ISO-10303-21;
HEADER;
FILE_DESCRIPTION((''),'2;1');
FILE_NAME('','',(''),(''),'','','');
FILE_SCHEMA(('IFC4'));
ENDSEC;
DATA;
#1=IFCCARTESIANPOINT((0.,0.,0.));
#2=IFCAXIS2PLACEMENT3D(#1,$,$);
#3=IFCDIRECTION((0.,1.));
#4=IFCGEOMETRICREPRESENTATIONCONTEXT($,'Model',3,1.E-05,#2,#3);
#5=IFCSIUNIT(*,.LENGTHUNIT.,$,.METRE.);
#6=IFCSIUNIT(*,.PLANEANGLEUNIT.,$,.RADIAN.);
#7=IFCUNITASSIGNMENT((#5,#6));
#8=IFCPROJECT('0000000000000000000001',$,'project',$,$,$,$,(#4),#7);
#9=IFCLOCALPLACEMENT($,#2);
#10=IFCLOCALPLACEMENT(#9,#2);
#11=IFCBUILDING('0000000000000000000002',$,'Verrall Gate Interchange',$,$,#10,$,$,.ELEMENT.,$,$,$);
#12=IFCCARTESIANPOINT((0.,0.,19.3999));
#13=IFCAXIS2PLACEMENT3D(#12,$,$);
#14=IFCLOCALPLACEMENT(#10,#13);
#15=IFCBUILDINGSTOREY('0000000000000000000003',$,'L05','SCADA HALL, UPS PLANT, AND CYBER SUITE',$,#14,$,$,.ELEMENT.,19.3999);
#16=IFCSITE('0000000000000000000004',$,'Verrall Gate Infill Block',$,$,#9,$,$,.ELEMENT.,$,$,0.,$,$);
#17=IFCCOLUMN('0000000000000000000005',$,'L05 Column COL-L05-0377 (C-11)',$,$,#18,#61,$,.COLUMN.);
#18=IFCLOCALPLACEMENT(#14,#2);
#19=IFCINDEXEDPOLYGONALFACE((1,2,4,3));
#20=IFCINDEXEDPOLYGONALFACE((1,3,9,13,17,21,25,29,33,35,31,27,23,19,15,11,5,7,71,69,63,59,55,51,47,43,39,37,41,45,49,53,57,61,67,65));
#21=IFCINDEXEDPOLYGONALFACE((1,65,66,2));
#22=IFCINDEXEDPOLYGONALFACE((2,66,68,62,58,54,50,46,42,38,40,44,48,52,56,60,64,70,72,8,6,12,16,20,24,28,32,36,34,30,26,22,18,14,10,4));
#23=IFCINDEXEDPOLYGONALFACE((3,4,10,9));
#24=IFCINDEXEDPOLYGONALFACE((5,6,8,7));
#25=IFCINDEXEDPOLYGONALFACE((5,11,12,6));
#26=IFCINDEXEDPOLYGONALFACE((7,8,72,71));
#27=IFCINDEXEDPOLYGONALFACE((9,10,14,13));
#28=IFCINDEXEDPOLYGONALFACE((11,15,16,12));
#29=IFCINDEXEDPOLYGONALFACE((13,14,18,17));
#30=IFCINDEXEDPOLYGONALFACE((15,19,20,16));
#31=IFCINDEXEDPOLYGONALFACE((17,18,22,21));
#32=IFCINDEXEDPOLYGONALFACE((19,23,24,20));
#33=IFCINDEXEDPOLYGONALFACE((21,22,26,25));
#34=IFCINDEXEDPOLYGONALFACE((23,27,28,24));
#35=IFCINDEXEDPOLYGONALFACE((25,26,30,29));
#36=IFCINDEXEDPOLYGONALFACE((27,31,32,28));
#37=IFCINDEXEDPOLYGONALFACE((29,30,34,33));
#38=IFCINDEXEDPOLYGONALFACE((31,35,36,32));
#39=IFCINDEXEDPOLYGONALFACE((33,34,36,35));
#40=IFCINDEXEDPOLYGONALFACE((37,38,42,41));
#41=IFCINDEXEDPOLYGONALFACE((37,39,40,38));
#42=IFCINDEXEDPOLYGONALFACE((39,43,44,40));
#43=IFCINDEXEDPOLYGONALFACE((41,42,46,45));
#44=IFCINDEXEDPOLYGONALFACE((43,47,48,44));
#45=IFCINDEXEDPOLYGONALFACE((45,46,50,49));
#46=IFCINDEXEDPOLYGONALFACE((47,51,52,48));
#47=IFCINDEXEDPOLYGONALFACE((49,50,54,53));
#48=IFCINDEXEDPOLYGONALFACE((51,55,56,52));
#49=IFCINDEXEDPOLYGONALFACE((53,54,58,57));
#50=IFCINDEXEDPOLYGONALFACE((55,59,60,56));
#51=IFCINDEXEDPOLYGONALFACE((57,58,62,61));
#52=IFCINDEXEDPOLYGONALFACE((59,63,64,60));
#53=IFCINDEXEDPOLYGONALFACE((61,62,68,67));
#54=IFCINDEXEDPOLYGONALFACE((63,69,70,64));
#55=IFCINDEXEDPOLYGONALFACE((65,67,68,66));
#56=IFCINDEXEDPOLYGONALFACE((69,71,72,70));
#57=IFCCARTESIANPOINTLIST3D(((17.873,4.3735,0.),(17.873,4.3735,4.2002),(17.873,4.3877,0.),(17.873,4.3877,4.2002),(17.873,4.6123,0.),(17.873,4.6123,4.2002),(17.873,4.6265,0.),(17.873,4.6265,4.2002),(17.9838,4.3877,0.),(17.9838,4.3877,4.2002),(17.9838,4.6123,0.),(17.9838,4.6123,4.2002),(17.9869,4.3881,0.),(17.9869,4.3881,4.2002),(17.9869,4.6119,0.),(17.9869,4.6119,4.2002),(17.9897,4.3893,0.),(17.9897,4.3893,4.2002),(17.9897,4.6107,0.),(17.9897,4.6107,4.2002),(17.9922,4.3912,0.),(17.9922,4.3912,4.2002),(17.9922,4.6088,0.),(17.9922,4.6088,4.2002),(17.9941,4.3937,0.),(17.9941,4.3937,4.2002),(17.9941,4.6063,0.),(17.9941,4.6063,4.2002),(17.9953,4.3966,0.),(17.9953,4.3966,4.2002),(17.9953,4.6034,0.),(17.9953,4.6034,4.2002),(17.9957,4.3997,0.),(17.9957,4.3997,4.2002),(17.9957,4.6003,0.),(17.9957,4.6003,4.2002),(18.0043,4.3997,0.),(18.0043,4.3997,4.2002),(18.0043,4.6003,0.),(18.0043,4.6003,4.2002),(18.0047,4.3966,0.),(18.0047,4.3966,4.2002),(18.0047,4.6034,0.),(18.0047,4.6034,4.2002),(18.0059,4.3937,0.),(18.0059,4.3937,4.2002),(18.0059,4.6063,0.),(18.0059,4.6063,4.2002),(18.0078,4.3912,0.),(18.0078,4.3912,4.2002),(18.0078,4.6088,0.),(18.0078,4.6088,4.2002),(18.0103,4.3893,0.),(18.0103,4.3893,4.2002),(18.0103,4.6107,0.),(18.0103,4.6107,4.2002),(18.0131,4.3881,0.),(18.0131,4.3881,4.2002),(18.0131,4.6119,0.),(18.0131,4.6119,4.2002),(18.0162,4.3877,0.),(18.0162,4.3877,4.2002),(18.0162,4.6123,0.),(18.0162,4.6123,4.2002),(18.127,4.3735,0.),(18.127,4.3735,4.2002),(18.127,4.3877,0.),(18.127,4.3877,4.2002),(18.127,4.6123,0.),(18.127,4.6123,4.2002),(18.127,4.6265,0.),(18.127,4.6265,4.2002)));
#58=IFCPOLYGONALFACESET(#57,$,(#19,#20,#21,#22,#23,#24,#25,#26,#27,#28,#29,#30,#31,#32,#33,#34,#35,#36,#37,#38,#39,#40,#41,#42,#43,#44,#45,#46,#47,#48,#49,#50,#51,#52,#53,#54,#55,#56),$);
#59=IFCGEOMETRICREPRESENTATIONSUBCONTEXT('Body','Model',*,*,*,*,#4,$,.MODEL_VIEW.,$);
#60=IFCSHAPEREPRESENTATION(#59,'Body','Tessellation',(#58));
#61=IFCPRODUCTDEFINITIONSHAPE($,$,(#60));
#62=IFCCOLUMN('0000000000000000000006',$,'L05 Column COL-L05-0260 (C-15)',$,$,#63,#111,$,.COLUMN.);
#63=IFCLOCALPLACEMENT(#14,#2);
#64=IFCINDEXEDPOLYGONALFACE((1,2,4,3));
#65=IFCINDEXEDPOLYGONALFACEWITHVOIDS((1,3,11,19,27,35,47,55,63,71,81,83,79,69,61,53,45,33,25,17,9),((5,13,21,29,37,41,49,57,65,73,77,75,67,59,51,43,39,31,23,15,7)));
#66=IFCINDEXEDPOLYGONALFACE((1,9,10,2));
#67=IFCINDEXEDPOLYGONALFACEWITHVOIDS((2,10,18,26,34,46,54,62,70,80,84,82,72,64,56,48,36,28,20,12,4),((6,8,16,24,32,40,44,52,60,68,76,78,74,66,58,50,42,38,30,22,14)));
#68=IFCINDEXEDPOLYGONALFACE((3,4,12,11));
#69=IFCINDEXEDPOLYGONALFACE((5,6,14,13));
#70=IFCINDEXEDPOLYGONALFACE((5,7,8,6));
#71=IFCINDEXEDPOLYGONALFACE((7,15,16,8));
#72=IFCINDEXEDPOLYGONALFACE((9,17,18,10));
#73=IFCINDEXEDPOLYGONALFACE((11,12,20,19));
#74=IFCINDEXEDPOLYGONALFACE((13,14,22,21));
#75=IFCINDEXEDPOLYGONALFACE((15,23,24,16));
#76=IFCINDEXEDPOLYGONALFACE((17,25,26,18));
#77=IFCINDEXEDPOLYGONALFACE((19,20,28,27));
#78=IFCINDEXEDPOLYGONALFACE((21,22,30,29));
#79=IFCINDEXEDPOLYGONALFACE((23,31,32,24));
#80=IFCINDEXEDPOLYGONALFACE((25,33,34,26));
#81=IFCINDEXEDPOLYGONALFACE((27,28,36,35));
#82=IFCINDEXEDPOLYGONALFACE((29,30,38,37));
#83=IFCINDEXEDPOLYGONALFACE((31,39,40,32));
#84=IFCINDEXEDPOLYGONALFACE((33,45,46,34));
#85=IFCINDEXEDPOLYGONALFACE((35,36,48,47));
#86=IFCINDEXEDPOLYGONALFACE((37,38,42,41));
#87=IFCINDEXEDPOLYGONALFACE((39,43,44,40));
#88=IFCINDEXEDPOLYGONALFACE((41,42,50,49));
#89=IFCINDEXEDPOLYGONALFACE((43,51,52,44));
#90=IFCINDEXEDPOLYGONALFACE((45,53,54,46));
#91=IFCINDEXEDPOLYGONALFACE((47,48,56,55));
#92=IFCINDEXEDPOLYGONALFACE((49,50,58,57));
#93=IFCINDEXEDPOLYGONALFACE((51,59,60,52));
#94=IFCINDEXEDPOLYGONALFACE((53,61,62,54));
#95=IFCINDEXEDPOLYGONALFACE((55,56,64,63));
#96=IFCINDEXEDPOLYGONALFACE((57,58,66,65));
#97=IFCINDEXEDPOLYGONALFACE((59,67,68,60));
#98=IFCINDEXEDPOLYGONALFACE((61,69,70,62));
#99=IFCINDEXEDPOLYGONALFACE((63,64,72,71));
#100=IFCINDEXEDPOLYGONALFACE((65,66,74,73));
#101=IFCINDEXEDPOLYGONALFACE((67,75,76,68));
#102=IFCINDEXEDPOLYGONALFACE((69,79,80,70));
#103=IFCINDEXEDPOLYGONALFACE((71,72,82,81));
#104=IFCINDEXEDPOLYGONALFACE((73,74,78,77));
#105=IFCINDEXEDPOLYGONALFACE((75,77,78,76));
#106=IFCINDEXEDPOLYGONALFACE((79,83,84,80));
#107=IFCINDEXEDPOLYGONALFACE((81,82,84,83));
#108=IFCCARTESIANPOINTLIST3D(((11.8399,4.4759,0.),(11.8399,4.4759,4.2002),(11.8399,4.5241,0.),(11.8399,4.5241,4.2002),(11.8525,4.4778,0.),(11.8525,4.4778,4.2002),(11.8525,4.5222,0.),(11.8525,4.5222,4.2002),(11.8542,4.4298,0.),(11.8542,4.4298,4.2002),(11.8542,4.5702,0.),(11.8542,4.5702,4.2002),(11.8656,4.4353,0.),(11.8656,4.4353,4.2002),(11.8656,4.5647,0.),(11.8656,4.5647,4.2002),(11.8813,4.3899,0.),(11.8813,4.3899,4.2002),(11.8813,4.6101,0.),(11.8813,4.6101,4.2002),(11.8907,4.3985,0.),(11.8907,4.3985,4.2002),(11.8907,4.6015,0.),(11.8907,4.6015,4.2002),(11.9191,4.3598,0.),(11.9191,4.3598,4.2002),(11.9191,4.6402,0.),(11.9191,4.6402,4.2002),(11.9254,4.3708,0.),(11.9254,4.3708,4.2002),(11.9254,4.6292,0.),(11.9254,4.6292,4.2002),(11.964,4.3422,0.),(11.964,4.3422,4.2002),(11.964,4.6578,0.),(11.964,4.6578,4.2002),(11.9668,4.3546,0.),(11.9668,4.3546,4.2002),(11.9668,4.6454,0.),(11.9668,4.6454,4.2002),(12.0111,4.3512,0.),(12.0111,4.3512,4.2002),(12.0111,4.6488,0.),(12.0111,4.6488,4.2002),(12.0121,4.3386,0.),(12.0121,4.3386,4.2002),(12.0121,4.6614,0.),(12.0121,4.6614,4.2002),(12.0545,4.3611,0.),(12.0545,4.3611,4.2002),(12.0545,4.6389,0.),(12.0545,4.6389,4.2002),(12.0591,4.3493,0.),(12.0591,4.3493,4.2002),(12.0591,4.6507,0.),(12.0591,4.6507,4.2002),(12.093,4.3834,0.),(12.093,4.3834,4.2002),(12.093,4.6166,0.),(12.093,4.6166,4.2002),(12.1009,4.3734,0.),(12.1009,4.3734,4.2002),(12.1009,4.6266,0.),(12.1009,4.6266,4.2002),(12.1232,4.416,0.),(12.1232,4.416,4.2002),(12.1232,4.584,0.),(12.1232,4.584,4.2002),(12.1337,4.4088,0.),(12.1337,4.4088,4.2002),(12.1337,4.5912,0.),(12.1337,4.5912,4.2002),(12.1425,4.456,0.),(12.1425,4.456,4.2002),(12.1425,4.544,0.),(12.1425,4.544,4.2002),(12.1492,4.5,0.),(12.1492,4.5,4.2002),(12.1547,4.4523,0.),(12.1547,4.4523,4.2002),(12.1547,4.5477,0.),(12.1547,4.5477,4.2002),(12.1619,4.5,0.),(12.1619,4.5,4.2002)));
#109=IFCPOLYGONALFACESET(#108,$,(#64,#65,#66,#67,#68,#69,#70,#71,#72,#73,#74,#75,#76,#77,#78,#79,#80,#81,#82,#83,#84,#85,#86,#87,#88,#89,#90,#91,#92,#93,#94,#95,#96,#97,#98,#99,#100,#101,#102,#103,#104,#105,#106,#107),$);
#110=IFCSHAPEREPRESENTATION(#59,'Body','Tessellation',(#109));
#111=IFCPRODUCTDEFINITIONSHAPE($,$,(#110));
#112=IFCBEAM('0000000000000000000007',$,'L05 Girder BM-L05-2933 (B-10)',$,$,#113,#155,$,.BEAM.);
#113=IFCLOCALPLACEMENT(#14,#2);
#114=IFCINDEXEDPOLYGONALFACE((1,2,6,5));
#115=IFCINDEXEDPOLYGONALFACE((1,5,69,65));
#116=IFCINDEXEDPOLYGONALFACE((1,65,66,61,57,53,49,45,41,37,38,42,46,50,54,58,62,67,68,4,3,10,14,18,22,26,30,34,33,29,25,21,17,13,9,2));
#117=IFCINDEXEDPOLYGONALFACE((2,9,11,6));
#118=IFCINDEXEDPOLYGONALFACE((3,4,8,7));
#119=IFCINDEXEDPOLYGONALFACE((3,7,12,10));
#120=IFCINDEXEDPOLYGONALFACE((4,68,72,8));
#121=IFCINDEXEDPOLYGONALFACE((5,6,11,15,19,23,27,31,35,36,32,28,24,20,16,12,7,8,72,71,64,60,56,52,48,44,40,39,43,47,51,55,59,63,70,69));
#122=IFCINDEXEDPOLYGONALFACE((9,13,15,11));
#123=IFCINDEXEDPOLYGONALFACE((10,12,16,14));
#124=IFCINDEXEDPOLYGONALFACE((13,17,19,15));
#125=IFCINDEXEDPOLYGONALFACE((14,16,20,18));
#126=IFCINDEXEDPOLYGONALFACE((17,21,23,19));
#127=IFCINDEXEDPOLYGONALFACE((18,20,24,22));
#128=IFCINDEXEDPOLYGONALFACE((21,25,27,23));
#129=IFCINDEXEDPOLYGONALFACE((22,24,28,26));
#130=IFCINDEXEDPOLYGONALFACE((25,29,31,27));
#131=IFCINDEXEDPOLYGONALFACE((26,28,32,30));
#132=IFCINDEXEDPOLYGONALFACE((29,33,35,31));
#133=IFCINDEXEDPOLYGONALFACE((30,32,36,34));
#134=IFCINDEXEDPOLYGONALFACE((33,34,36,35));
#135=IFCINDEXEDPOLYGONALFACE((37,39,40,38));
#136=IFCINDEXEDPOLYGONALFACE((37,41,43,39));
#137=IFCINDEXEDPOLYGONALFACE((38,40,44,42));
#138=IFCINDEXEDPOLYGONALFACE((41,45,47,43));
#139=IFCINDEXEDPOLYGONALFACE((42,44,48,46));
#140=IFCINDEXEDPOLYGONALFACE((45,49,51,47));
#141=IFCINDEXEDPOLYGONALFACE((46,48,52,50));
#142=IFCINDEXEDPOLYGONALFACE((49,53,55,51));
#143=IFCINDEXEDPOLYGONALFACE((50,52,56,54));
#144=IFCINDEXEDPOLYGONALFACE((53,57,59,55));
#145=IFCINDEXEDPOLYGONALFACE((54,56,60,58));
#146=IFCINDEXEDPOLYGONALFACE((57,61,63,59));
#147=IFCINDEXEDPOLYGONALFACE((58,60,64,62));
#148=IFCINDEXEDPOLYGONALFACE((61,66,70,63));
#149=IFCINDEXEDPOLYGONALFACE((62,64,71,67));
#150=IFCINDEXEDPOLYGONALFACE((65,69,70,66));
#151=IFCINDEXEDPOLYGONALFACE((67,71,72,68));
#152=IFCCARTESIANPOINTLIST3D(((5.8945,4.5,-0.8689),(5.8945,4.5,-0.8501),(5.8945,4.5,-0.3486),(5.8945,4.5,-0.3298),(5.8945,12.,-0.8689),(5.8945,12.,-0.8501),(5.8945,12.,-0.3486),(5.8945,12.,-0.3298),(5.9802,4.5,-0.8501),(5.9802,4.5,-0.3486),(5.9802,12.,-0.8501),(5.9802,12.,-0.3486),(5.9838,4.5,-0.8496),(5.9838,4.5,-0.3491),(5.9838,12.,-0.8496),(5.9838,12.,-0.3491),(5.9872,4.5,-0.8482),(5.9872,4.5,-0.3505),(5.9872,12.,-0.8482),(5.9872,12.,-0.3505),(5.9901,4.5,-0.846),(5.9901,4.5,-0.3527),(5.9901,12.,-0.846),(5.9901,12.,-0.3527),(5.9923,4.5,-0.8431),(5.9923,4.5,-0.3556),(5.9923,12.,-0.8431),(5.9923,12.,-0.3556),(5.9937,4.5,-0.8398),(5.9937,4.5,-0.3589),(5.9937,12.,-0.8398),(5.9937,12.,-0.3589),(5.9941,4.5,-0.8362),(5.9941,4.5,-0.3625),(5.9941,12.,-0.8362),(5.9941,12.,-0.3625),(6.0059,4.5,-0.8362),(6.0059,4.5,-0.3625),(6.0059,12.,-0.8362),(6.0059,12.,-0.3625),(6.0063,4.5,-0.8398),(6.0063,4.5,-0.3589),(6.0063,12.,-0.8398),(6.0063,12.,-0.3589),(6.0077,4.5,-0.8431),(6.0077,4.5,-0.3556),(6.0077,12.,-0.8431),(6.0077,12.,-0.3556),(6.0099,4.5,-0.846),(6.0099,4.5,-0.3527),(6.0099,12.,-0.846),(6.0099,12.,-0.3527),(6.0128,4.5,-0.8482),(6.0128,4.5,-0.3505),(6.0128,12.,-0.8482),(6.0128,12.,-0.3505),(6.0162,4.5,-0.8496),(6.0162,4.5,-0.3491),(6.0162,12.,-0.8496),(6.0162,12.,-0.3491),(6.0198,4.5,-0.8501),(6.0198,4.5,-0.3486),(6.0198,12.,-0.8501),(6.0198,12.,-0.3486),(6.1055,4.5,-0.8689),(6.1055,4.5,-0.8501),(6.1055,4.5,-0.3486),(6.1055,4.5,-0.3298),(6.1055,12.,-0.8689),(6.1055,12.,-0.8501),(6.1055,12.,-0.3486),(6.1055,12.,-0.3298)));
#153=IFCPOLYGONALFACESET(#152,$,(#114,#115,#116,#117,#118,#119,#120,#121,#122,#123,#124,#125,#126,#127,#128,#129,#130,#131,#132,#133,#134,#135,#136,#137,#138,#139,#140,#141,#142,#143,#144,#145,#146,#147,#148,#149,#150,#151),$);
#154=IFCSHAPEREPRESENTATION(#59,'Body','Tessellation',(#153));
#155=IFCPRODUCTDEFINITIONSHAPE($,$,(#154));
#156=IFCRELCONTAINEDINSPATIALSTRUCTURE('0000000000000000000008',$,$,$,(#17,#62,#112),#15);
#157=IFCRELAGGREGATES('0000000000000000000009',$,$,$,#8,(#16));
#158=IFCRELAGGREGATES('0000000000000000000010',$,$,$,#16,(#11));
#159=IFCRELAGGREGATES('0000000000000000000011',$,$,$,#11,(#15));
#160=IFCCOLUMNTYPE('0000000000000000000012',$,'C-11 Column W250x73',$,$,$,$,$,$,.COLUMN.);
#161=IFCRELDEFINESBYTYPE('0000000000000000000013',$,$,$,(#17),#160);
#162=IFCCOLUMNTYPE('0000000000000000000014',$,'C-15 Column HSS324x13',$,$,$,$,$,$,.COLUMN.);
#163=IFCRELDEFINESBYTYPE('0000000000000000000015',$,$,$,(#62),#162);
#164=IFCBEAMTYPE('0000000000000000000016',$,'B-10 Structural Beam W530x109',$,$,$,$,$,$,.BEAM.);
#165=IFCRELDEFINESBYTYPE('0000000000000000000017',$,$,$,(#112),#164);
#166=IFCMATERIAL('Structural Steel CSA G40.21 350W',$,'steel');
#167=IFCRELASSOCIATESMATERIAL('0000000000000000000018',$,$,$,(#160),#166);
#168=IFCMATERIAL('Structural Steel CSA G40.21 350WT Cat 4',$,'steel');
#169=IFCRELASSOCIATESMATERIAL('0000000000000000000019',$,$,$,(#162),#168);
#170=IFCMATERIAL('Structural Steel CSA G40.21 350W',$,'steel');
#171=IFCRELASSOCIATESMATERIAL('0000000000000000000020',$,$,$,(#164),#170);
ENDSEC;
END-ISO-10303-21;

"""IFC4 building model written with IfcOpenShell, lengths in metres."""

from ifc_helpers import new_model, si_unit, direction, frame, origin, origin_2d, place, context, subcontext, project, spatial, hollow_circle, i_section, extrude, material, material_profile, profile_set, type_object, element, save


model = new_model("IFC4")

# Units and contexts
model_context = context("Model", 3, precision=1e-05, world=origin(), true_north=direction((0.0, 1.0)))
body_context = subcontext(model_context, "Body", "Model", "MODEL_VIEW")
ifc_project = project(units=[si_unit("LENGTHUNIT", "METRE"), si_unit("PLANEANGLEUNIT", "RADIAN")], contexts=[model_context])

# Site, building, storey
site_placement = place(None, origin())
site = spatial("IfcSite", under=ifc_project, at=site_placement, Name="Verrall Gate Infill Block", CompositionType="ELEMENT", RefElevation=0.0)
building_placement = place(site_placement, origin())
building = spatial("IfcBuilding", under=site, at=building_placement, Name="Verrall Gate Interchange", CompositionType="ELEMENT")
storey_placement = place(building_placement, frame((0.0, 0.0, 19.3999)))
storey = spatial("IfcBuildingStorey", under=building, at=storey_placement, Name="L05", Description="SCADA HALL, UPS PLANT, AND CYBER SUITE", CompositionType="ELEMENT", Elevation=19.3999)

# Columns
ifc_material_1 = material(Name="Structural Steel CSA G40.21 350W", Category="steel")
ifc_material_profile_1 = material_profile(ifc_material_1, i_section(OverallWidth=0.2539, OverallDepth=0.2529, WebThickness=0.0085, FlangeThickness=0.0142, FilletRadius=0.012, at=origin_2d()), Name="W250x73")
ifc_profile_set_1 = profile_set([ifc_material_profile_1], Name="Structural Steel CSA G40.21 350W")
column_type_1 = type_object("IfcColumnType", Name="C-11 Column W250x73", PredefinedType="COLUMN", material=ifc_profile_set_1)
column_1_placement = place(storey_placement, frame((18.0, 4.5, 0.0), z_axis=(0.0, 0.0, 1.0), x_axis=(1.0, 0.0, 0.0)))
element("IfcColumn", 1, at=column_1_placement, inside=storey, type_object=column_type_1, Name="L05 Column COL-L05-0377 (C-11)", PredefinedType="COLUMN", context=body_context, shape_type="SweptSolid", body=[
    extrude(i_section(OverallWidth=0.2539, OverallDepth=0.2529, WebThickness=0.0085, FlangeThickness=0.0142, FilletRadius=0.012, at=origin_2d()), origin(), (0.0, 0.0, 1.0), 4.2002),
])
ifc_material_2 = material(Name="Structural Steel CSA G40.21 350WT Cat 4", Category="steel")
ifc_material_profile_2 = material_profile(ifc_material_2, hollow_circle(Radius=0.1619, WallThickness=0.0127, at=origin_2d()), Name="HSS324x13")
ifc_profile_set_2 = profile_set([ifc_material_profile_2], Name="Structural Steel CSA G40.21 350WT Cat 4")
column_type_2 = type_object("IfcColumnType", Name="C-15 Column HSS324x13", PredefinedType="COLUMN", material=ifc_profile_set_2)
column_2_placement = place(storey_placement, frame((12.0, 4.5, 0.0), z_axis=(0.0, 0.0, 1.0), x_axis=(1.0, 0.0, 0.0)))
element("IfcColumn", 2, at=column_2_placement, inside=storey, type_object=column_type_2, Name="L05 Column COL-L05-0260 (C-15)", PredefinedType="COLUMN", context=body_context, shape_type="SweptSolid", body=[
    extrude(hollow_circle(Radius=0.1619, WallThickness=0.0127, at=origin_2d()), origin(), (0.0, 0.0, 1.0), 4.2002),
])

# Beam
ifc_material_3 = material(Name="Structural Steel CSA G40.21 350W", Category="steel")
ifc_material_profile_3 = material_profile(ifc_material_3, i_section(OverallWidth=0.2109, OverallDepth=0.5391, WebThickness=0.0117, FlangeThickness=0.0188, FilletRadius=0.0139, at=origin_2d()), Name="W530x109")
ifc_profile_set_3 = profile_set([ifc_material_profile_3], Name="Structural Steel CSA G40.21 350W")
beam_type_1 = type_object("IfcBeamType", Name="B-10 Structural Beam W530x109", PredefinedType="BEAM", material=ifc_profile_set_3)
beam_1_placement = place(storey_placement, frame((6.0, 4.5, -0.5994), z_axis=(0.0, 1.0, 0.0), x_axis=(-1.0, 0.0, 0.0)))
element("IfcBeam", 3, at=beam_1_placement, inside=storey, type_object=beam_type_1, Name="L05 Girder BM-L05-2933 (B-10)", PredefinedType="BEAM", context=body_context, shape_type="SweptSolid", body=[
    extrude(i_section(OverallWidth=0.2109, OverallDepth=0.5391, WebThickness=0.0117, FlangeThickness=0.0188, FilletRadius=0.0139, at=origin_2d()), origin(), (0.0, 0.0, 1.0), 7.5),
])

save(model, "model.ifc")
